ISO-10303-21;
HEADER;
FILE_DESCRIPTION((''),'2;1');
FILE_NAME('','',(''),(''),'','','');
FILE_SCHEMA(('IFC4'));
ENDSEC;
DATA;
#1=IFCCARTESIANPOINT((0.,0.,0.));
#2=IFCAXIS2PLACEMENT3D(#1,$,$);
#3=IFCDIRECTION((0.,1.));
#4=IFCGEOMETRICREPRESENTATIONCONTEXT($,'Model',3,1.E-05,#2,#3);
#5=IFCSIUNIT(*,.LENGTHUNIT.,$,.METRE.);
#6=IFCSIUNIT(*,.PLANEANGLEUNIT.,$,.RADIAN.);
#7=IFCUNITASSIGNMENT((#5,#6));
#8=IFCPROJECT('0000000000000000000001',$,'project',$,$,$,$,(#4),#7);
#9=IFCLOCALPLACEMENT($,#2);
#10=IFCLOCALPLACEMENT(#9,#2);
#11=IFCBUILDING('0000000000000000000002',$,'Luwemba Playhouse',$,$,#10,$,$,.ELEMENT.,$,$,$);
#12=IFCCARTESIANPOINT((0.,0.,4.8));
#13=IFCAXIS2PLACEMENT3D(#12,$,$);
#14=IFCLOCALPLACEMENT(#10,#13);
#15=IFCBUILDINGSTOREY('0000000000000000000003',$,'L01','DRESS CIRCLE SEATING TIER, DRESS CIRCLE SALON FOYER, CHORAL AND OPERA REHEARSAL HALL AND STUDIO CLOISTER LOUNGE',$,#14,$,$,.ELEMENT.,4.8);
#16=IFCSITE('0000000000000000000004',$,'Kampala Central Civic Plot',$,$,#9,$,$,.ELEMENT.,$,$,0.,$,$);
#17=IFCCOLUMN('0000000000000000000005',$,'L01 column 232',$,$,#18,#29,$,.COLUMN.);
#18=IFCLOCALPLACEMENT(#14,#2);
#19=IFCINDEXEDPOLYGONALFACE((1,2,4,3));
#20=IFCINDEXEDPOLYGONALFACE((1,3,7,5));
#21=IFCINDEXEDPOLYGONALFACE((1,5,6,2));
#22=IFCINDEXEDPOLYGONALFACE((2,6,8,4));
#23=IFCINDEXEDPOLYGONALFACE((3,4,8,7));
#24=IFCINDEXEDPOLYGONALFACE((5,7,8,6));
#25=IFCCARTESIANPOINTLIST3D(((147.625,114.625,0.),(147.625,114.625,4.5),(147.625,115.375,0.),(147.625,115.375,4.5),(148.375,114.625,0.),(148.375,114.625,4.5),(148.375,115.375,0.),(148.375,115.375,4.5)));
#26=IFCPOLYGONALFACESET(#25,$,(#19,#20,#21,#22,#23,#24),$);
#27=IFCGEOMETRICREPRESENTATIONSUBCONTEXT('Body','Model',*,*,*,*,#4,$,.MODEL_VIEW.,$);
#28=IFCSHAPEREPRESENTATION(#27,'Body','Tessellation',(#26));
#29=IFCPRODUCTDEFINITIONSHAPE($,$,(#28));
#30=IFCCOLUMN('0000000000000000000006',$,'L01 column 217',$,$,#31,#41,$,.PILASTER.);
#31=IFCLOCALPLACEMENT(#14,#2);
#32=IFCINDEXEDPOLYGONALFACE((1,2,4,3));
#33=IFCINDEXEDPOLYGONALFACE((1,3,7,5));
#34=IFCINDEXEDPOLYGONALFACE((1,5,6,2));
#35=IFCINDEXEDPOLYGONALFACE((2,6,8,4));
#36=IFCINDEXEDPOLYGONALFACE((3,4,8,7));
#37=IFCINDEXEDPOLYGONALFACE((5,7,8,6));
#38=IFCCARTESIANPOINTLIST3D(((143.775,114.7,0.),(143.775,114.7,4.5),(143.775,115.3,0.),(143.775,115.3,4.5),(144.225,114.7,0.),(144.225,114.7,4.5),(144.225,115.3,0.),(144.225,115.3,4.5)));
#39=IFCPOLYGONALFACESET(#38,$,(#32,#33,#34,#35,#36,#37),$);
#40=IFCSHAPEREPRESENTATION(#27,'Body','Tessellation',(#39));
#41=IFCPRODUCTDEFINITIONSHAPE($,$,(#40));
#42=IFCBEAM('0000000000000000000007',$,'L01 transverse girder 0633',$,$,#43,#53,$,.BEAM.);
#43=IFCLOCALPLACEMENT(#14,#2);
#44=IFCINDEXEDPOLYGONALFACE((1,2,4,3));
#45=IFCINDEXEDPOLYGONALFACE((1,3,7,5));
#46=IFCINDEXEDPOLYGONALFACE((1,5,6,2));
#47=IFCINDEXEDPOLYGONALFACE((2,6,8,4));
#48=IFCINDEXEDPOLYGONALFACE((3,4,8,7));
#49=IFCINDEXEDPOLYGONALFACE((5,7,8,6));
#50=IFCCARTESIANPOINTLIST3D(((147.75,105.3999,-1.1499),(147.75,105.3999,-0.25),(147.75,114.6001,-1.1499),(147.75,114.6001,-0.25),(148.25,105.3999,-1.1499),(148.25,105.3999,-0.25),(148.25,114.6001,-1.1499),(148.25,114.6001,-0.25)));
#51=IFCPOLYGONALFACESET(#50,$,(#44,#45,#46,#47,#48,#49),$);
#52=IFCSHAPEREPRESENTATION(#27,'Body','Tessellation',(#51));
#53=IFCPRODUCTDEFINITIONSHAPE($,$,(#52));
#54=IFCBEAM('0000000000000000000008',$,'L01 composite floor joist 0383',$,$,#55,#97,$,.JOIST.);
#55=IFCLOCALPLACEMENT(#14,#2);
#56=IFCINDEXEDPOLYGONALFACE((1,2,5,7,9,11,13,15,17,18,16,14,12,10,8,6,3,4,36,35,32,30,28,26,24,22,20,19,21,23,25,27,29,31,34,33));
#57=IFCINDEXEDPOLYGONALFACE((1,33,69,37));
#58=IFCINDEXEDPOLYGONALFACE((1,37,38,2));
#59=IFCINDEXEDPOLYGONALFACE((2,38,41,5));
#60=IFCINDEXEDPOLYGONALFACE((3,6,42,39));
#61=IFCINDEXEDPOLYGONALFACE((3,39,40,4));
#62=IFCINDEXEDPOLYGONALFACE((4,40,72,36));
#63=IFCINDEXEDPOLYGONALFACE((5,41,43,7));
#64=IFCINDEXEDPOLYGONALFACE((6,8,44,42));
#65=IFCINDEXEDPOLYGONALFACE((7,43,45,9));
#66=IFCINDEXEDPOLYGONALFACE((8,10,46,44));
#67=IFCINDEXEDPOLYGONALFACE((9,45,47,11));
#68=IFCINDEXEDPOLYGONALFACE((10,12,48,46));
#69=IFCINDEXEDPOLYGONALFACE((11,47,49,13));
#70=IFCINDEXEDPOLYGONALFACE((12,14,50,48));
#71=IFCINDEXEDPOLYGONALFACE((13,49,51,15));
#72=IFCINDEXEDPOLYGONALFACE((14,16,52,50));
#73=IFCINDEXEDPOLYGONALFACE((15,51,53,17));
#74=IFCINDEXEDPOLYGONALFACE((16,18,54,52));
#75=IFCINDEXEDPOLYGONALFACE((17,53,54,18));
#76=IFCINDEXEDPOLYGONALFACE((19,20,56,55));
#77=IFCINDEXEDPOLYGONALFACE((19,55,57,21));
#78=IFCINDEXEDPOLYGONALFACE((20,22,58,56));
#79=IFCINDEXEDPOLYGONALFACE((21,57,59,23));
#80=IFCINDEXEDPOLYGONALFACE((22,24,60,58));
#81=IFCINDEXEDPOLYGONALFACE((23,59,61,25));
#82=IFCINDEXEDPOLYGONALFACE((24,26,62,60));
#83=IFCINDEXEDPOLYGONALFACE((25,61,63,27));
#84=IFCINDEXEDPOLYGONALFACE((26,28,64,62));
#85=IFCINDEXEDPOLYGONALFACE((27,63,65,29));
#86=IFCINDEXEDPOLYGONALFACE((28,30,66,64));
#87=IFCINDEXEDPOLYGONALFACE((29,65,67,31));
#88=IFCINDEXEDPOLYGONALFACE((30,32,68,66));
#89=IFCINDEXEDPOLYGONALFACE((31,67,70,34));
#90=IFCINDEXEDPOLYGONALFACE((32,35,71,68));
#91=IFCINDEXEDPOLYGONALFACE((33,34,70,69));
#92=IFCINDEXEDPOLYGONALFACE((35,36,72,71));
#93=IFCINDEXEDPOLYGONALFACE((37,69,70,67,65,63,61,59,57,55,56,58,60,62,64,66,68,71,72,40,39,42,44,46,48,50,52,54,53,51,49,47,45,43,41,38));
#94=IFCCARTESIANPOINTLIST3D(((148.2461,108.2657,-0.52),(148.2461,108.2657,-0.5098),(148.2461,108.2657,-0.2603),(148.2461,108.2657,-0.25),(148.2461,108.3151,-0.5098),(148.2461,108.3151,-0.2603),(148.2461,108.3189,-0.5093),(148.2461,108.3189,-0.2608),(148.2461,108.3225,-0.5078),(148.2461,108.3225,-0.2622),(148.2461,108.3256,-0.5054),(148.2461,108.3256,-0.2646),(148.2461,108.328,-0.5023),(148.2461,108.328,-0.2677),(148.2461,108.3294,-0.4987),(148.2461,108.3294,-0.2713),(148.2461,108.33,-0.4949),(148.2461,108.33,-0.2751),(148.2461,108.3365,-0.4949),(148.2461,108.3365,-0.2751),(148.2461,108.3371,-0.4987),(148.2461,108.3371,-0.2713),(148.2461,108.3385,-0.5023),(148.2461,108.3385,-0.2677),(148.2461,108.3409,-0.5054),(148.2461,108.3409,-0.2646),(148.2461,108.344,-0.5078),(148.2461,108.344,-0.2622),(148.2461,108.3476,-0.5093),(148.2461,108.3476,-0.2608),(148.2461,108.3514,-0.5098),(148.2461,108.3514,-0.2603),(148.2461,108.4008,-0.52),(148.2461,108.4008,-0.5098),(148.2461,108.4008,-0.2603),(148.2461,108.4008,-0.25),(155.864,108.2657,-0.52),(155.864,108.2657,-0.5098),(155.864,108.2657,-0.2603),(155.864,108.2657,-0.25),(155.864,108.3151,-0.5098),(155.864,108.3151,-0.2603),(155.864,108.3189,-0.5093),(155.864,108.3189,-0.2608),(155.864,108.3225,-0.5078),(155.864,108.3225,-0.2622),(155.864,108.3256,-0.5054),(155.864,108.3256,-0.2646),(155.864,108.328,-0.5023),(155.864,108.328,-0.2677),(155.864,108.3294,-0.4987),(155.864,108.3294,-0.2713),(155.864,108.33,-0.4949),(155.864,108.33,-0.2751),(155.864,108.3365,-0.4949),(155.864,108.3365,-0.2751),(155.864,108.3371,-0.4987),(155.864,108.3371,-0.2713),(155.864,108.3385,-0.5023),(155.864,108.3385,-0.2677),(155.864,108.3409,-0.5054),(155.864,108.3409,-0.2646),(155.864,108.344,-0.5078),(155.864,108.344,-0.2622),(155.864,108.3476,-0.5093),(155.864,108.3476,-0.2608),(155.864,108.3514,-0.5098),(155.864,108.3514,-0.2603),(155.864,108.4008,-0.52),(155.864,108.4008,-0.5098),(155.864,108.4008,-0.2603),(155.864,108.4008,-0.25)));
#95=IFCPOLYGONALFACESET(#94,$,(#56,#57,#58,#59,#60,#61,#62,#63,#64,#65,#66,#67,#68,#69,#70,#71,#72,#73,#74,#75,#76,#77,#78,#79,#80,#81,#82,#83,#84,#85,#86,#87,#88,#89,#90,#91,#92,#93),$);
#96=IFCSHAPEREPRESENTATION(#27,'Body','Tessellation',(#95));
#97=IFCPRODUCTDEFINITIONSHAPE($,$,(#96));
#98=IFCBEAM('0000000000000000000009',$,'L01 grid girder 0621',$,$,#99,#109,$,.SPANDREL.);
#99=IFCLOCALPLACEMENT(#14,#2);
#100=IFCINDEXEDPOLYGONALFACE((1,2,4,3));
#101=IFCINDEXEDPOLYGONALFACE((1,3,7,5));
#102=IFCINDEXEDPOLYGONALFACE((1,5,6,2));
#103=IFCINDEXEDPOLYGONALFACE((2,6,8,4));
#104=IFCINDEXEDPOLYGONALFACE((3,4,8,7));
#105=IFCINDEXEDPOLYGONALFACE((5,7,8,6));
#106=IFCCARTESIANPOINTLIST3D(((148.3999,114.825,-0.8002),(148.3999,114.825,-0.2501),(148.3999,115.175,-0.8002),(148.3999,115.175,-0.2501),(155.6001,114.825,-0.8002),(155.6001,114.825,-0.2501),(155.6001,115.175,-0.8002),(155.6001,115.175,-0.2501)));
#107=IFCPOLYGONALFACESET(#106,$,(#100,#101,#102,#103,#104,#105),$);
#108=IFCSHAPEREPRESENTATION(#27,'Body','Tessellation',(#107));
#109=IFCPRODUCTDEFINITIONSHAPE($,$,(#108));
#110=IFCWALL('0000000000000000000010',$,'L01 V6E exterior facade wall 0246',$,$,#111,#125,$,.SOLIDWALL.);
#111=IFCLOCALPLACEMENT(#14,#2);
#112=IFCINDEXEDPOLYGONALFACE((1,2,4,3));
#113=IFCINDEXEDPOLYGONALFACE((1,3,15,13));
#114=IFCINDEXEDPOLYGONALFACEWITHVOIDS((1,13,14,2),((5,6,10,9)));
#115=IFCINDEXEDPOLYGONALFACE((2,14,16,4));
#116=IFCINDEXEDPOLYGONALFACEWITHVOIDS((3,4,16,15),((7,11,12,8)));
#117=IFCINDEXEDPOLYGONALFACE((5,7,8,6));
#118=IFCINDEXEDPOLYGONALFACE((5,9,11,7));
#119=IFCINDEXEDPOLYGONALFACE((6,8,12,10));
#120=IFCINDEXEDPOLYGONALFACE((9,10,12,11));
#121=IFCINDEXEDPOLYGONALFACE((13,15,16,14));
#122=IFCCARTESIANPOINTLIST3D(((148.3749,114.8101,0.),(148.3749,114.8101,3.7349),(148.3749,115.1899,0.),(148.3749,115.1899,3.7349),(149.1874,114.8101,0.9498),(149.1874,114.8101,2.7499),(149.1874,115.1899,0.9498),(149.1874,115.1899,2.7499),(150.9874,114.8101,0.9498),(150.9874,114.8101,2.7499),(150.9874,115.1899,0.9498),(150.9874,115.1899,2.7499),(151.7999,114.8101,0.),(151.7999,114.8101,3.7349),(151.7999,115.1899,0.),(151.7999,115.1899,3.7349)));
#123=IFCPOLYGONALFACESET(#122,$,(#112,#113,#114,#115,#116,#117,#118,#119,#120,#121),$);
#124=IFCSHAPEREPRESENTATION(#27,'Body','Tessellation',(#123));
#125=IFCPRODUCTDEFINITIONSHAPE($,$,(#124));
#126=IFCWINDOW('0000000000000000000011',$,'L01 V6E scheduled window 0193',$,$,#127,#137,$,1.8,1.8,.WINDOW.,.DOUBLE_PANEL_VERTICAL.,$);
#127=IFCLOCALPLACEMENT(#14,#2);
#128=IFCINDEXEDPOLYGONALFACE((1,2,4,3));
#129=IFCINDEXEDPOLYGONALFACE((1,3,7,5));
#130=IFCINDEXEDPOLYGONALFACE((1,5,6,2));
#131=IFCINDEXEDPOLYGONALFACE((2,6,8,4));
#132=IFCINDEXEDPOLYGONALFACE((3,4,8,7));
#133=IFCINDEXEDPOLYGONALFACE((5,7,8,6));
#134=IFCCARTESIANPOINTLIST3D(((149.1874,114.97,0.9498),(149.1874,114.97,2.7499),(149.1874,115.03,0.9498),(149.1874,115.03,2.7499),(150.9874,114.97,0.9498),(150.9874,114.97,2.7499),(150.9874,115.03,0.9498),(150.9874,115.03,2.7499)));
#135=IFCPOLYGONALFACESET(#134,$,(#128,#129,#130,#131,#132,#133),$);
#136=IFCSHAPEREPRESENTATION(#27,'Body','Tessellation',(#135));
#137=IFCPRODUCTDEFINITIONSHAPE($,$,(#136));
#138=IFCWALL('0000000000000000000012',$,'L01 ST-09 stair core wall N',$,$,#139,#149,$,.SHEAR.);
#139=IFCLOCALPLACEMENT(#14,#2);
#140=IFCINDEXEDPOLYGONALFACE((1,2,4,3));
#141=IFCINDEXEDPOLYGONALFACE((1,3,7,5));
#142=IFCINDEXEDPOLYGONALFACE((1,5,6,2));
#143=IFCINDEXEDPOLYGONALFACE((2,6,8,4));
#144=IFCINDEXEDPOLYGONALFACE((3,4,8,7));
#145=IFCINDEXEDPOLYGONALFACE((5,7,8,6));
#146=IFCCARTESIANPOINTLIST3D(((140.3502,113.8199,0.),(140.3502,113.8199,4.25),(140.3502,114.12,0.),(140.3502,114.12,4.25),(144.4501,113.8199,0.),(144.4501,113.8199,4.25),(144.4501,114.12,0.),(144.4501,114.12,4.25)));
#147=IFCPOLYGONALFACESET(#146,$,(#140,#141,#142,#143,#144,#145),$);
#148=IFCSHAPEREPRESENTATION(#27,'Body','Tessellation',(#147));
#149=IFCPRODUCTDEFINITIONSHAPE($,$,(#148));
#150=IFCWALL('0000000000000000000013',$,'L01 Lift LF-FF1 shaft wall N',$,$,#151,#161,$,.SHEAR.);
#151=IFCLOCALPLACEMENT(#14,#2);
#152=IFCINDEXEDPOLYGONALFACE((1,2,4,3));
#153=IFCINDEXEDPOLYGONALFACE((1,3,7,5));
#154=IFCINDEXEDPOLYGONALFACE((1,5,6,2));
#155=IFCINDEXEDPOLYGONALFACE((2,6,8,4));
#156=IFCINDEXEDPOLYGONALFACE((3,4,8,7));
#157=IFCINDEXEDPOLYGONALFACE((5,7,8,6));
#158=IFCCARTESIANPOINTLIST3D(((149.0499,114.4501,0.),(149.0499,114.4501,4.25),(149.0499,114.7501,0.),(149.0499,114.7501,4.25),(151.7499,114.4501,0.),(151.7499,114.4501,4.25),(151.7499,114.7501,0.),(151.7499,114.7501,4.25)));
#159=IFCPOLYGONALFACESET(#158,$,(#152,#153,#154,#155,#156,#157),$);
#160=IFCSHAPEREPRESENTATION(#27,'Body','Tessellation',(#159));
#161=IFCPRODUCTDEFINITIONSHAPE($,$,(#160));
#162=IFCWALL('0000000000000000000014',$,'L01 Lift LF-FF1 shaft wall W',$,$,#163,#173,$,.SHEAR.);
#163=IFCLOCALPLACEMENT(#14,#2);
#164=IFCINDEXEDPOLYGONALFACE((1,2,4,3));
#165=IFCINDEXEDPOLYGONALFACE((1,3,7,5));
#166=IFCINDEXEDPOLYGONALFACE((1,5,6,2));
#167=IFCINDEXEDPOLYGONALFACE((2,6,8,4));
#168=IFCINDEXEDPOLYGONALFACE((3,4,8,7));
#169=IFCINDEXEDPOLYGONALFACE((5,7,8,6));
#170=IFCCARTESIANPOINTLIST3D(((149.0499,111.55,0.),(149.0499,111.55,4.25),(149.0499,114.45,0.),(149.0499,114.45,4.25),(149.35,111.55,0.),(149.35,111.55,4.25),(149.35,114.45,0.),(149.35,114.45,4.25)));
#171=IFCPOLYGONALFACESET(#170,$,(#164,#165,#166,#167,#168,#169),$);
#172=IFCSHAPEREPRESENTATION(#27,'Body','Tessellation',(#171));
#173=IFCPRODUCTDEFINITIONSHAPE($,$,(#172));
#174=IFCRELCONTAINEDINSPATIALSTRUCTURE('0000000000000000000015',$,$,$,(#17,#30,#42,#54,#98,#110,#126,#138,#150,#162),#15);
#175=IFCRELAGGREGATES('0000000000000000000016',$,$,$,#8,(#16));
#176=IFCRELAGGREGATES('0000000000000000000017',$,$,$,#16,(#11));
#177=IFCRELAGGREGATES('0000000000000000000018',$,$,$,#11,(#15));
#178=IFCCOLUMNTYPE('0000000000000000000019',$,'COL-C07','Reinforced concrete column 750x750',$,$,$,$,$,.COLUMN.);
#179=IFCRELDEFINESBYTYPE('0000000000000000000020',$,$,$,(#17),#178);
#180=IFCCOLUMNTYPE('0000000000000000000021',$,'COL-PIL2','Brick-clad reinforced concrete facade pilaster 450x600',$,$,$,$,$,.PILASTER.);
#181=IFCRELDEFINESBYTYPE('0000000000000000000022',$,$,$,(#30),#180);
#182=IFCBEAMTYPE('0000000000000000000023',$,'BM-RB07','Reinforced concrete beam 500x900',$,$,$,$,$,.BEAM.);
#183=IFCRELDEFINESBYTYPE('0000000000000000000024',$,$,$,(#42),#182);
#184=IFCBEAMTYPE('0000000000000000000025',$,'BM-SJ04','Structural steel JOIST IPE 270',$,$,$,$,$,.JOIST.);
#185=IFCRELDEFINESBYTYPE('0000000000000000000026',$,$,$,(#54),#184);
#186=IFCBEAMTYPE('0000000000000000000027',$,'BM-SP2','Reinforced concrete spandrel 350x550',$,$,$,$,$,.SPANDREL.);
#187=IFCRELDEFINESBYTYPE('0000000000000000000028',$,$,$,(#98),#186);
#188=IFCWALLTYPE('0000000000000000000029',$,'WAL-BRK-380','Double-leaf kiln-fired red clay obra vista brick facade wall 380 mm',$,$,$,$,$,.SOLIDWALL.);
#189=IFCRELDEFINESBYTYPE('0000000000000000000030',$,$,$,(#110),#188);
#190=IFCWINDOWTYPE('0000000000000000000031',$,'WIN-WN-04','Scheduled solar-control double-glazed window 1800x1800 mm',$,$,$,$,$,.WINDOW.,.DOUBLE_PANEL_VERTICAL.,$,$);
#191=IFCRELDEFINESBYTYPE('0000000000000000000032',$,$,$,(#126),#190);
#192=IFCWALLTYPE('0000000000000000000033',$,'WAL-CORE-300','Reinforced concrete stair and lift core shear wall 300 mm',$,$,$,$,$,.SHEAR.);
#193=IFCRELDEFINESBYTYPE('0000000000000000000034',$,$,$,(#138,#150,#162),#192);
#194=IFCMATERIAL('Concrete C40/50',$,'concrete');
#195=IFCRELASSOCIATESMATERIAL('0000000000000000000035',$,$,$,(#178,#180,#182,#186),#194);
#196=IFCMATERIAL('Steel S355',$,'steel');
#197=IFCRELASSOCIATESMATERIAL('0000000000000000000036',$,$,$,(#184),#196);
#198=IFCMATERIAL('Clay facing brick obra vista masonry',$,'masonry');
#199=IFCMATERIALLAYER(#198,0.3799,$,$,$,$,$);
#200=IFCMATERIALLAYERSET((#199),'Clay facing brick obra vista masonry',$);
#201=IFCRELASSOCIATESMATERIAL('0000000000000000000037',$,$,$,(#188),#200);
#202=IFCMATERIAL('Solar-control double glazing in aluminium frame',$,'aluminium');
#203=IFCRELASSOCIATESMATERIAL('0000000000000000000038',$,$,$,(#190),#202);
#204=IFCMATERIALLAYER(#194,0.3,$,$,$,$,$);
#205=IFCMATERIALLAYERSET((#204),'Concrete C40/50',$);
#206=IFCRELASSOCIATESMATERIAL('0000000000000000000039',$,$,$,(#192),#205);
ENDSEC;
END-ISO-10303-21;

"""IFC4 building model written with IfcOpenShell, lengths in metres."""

from ifc_helpers import new_model, si_unit, direction, frame, frame_2d, origin, origin_2d, place, context, subcontext, project, spatial, rectangle, i_section, extrude, material, layer, layer_set, material_profile, profile_set, type_object, element, fill, save


model = new_model("IFC4")

# Units and contexts
model_context = context("Model", 3, precision=1e-05, world=origin(), true_north=direction((0.0, 1.0)))
body_context = subcontext(model_context, "Body", "Model", "MODEL_VIEW")
ifc_project = project(units=[si_unit("LENGTHUNIT", "METRE"), si_unit("PLANEANGLEUNIT", "RADIAN")], contexts=[model_context])

# Site, building, storey
site_placement = place(None, origin())
site = spatial("IfcSite", under=ifc_project, at=site_placement, Name="Kampala Central Civic Plot", CompositionType="ELEMENT", RefElevation=0.0)
building_placement = place(site_placement, origin())
building = spatial("IfcBuilding", under=site, at=building_placement, Name="Luwemba Playhouse", CompositionType="ELEMENT")
storey_placement = place(building_placement, frame((0.0, 0.0, 4.8)))
storey = spatial("IfcBuildingStorey", under=building, at=storey_placement, Name="L01", Description="DRESS CIRCLE SEATING TIER, DRESS CIRCLE SALON FOYER, CHORAL AND OPERA REHEARSAL HALL AND STUDIO CLOISTER LOUNGE", CompositionType="ELEMENT", Elevation=4.8)

# Columns
ifc_material_1 = material(Name="Concrete C40/50", Category="concrete")
ifc_material_profile_1 = material_profile(ifc_material_1, rectangle(XDim=0.75, YDim=0.75, at=origin_2d()))
ifc_profile_set_1 = profile_set([ifc_material_profile_1], Name="Concrete C40/50")
column_type_1 = type_object("IfcColumnType", Name="COL-C07", Description="Reinforced concrete column 750x750", PredefinedType="COLUMN", material=ifc_profile_set_1)
column_1_placement = place(storey_placement, frame((148.0, 115.0, 0.0), z_axis=(0.0, 0.0, 1.0), x_axis=(1.0, 0.0, 0.0)))
element("IfcColumn", 1, at=column_1_placement, inside=storey, type_object=column_type_1, Name="L01 column 232", PredefinedType="COLUMN", context=body_context, shape_type="SweptSolid", body=[
    extrude(rectangle(XDim=0.75, YDim=0.75, at=origin_2d()), origin(), (0.0, 0.0, 1.0), 4.5),
])
ifc_material_profile_2 = material_profile(ifc_material_1, rectangle(XDim=0.45, YDim=0.6001, at=origin_2d()))
ifc_profile_set_2 = profile_set([ifc_material_profile_2], Name="Concrete C40/50")
column_type_2 = type_object("IfcColumnType", Name="COL-PIL2", Description="Brick-clad reinforced concrete facade pilaster 450x600", PredefinedType="PILASTER", material=ifc_profile_set_2)
column_2_placement = place(storey_placement, frame((144.0, 115.0, 0.0), z_axis=(0.0, 0.0, 1.0), x_axis=(1.0, 0.0, 0.0)))
element("IfcColumn", 2, at=column_2_placement, inside=storey, type_object=column_type_2, Name="L01 column 217", PredefinedType="PILASTER", context=body_context, shape_type="SweptSolid", body=[
    extrude(rectangle(XDim=0.45, YDim=0.6001, at=origin_2d()), origin(), (0.0, 0.0, 1.0), 4.5),
])

# Beams
ifc_material_profile_3 = material_profile(ifc_material_1, rectangle(XDim=0.5, YDim=0.8999, at=origin_2d()))
ifc_profile_set_3 = profile_set([ifc_material_profile_3], Name="Concrete C40/50")
beam_type_1 = type_object("IfcBeamType", Name="BM-RB07", Description="Reinforced concrete beam 500x900", PredefinedType="BEAM", material=ifc_profile_set_3)
beam_1_placement = place(storey_placement, frame((148.0, 105.3999, -0.7), z_axis=(0.0, 1.0, 0.0), x_axis=(-1.0, 0.0, 0.0)))
element("IfcBeam", 3, at=beam_1_placement, inside=storey, type_object=beam_type_1, Name="L01 transverse girder 0633", PredefinedType="BEAM", context=body_context, shape_type="SweptSolid", body=[
    extrude(rectangle(XDim=0.5, YDim=0.8999, at=origin_2d()), origin(), (0.0, 0.0, 1.0), 9.2002),
])
ifc_material_2 = material(Name="Steel S355", Category="steel")
ifc_material_profile_4 = material_profile(ifc_material_2, i_section(OverallWidth=0.135, OverallDepth=0.27, WebThickness=0.0066, FlangeThickness=0.0103, FilletRadius=0.0149, at=origin_2d()))
ifc_profile_set_4 = profile_set([ifc_material_profile_4], Name="Steel S355")
beam_type_2 = type_object("IfcBeamType", Name="BM-SJ04", Description="Structural steel JOIST IPE 270", PredefinedType="JOIST", material=ifc_profile_set_4)
beam_2_placement = place(storey_placement, frame((148.2461, 108.3333, -0.385), z_axis=(1.0, 0.0, 0.0), x_axis=(0.0, 1.0, 0.0)))
element("IfcBeam", 4, at=beam_2_placement, inside=storey, type_object=beam_type_2, Name="L01 composite floor joist 0383", PredefinedType="JOIST", context=body_context, shape_type="SweptSolid", body=[
    extrude(i_section(OverallWidth=0.135, OverallDepth=0.27, WebThickness=0.0066, FlangeThickness=0.0103, FilletRadius=0.0149, at=origin_2d()), origin(), (0.0, 0.0, 1.0), 7.6179),
])
ifc_material_profile_5 = material_profile(ifc_material_1, rectangle(XDim=0.3501, YDim=0.55, at=origin_2d()))
ifc_profile_set_5 = profile_set([ifc_material_profile_5], Name="Concrete C40/50")
beam_type_3 = type_object("IfcBeamType", Name="BM-SP2", Description="Reinforced concrete spandrel 350x550", PredefinedType="SPANDREL", material=ifc_profile_set_5)
beam_3_placement = place(storey_placement, frame((148.3999, 115.0, -0.5251), z_axis=(1.0, 0.0, 0.0), x_axis=(0.0, 1.0, 0.0)))
element("IfcBeam", 5, at=beam_3_placement, inside=storey, type_object=beam_type_3, Name="L01 grid girder 0621", PredefinedType="SPANDREL", context=body_context, shape_type="SweptSolid", body=[
    extrude(rectangle(XDim=0.3501, YDim=0.55, at=origin_2d()), origin(), (0.0, 0.0, 1.0), 7.2002),
])

# Wall, opening, window
ifc_material_3 = material(Name="Clay facing brick obra vista masonry", Category="masonry")
ifc_layer_1 = layer(ifc_material_3, 0.3799)
ifc_layer_set_1 = layer_set([ifc_layer_1], Name="Clay facing brick obra vista masonry")
wall_type_1 = type_object("IfcWallType", Name="WAL-BRK-380", Description="Double-leaf kiln-fired red clay obra vista brick facade wall 380 mm", PredefinedType="SOLIDWALL", material=ifc_layer_set_1)
wall_1_placement = place(storey_placement, frame((148.375, 115.0, 0.0), z_axis=(0.0, 0.0, 1.0), x_axis=(1.0, 0.0, 0.0)))
wall_1 = element("IfcWall", 6, at=wall_1_placement, inside=storey, type_object=wall_type_1, Name="L01 V6E exterior facade wall 0246", PredefinedType="SOLIDWALL", context=body_context, shape_type="SweptSolid", body=[
    extrude(rectangle(XDim=3.425, YDim=0.3799, at=frame_2d((1.7124, 0.0))), origin(), (0.0, 0.0, 1.0), 3.7349),
])
opening_1_placement = place(wall_1_placement, frame((0.8125, 0.0, 0.95)))
opening_1 = element("IfcOpeningElement", 7, at=opening_1_placement, cuts=wall_1, PredefinedType="OPENING", context=body_context, shape_type="SweptSolid", body=[
    extrude(rectangle(XDim=1.8, YDim=1.8, at=frame_2d((0.8999, 0.8999))), frame((0.0, 0.2, 0.0), z_axis=(0.0, -1.0, 0.0), x_axis=(1.0, 0.0, 0.0)), (0.0, 0.0, 1.0), 0.3999),
])
ifc_material_4 = material(Name="Solar-control double glazing in aluminium frame", Category="aluminium")
window_type_1 = type_object("IfcWindowType", Name="WIN-WN-04", Description="Scheduled solar-control double-glazed window 1800x1800 mm", PartitioningType="DOUBLE_PANEL_VERTICAL", PredefinedType="WINDOW", material=ifc_material_4)
window_1_placement = place(opening_1_placement, origin())
window_1 = element("IfcWindow", 8, at=window_1_placement, inside=storey, type_object=window_type_1, Name="L01 V6E scheduled window 0193", OverallHeight=1.8, OverallWidth=1.8, PartitioningType="DOUBLE_PANEL_VERTICAL", PredefinedType="WINDOW", context=body_context, shape_type="SweptSolid", body=[
    extrude(rectangle(XDim=1.8, YDim=1.8, at=frame_2d((0.8999, 0.8999))), frame((0.0, 0.03, 0.0), z_axis=(0.0, -1.0, 0.0), x_axis=(1.0, 0.0, 0.0)), (0.0, 0.0, 1.0), 0.0601),
])
fill(opening_1, window_1)

# Wall
ifc_layer_2 = layer(ifc_material_1, 0.3)
ifc_layer_set_2 = layer_set([ifc_layer_2], Name="Concrete C40/50")
wall_type_2 = type_object("IfcWallType", Name="WAL-CORE-300", Description="Reinforced concrete stair and lift core shear wall 300 mm", PredefinedType="SHEAR", material=ifc_layer_set_2)
wall_2_placement = place(storey_placement, frame((144.45, 113.97, 0.0), z_axis=(0.0, 0.0, 1.0), x_axis=(-1.0, 0.0, 0.0)))
element("IfcWall", 9, at=wall_2_placement, inside=storey, type_object=wall_type_2, Name="L01 ST-09 stair core wall N", PredefinedType="SHEAR", context=body_context, shape_type="SweptSolid", body=[
    extrude(rectangle(XDim=4.0999, YDim=0.3, at=frame_2d((2.0498, 0.0))), origin(), (0.0, 0.0, 1.0), 4.25),
])

# Walls
wall_3_placement = place(storey_placement, frame((151.75, 114.6001, 0.0), z_axis=(0.0, 0.0, 1.0), x_axis=(-1.0, 0.0, 0.0)))
element("IfcWall", 10, at=wall_3_placement, inside=storey, type_object=wall_type_2, Name="L01 Lift LF-FF1 shaft wall N", PredefinedType="SHEAR", context=body_context, shape_type="SweptSolid", body=[
    extrude(rectangle(XDim=2.7, YDim=0.3, at=frame_2d((1.3501, 0.0))), origin(), (0.0, 0.0, 1.0), 4.25),
])
for number, where, z_axis, x_axis, name in (
    (11, (149.2, 111.55, 0.0), (0.0, 0.0, 1.0), (0.0, 1.0, 0.0), "L01 Lift LF-FF1 shaft wall W"),
):
    element("IfcWall", number, at=place(storey_placement, frame(where, z_axis=z_axis, x_axis=x_axis)), inside=storey, type_object=wall_type_2, Name=name, PredefinedType="SHEAR", context=body_context, shape_type="SweptSolid", body=[
        extrude(rectangle(XDim=2.8999, YDim=0.3, at=frame_2d((1.45, 0.0))), origin(), (0.0, 0.0, 1.0), 4.25),
    ])

save(model, "model.ifc")
